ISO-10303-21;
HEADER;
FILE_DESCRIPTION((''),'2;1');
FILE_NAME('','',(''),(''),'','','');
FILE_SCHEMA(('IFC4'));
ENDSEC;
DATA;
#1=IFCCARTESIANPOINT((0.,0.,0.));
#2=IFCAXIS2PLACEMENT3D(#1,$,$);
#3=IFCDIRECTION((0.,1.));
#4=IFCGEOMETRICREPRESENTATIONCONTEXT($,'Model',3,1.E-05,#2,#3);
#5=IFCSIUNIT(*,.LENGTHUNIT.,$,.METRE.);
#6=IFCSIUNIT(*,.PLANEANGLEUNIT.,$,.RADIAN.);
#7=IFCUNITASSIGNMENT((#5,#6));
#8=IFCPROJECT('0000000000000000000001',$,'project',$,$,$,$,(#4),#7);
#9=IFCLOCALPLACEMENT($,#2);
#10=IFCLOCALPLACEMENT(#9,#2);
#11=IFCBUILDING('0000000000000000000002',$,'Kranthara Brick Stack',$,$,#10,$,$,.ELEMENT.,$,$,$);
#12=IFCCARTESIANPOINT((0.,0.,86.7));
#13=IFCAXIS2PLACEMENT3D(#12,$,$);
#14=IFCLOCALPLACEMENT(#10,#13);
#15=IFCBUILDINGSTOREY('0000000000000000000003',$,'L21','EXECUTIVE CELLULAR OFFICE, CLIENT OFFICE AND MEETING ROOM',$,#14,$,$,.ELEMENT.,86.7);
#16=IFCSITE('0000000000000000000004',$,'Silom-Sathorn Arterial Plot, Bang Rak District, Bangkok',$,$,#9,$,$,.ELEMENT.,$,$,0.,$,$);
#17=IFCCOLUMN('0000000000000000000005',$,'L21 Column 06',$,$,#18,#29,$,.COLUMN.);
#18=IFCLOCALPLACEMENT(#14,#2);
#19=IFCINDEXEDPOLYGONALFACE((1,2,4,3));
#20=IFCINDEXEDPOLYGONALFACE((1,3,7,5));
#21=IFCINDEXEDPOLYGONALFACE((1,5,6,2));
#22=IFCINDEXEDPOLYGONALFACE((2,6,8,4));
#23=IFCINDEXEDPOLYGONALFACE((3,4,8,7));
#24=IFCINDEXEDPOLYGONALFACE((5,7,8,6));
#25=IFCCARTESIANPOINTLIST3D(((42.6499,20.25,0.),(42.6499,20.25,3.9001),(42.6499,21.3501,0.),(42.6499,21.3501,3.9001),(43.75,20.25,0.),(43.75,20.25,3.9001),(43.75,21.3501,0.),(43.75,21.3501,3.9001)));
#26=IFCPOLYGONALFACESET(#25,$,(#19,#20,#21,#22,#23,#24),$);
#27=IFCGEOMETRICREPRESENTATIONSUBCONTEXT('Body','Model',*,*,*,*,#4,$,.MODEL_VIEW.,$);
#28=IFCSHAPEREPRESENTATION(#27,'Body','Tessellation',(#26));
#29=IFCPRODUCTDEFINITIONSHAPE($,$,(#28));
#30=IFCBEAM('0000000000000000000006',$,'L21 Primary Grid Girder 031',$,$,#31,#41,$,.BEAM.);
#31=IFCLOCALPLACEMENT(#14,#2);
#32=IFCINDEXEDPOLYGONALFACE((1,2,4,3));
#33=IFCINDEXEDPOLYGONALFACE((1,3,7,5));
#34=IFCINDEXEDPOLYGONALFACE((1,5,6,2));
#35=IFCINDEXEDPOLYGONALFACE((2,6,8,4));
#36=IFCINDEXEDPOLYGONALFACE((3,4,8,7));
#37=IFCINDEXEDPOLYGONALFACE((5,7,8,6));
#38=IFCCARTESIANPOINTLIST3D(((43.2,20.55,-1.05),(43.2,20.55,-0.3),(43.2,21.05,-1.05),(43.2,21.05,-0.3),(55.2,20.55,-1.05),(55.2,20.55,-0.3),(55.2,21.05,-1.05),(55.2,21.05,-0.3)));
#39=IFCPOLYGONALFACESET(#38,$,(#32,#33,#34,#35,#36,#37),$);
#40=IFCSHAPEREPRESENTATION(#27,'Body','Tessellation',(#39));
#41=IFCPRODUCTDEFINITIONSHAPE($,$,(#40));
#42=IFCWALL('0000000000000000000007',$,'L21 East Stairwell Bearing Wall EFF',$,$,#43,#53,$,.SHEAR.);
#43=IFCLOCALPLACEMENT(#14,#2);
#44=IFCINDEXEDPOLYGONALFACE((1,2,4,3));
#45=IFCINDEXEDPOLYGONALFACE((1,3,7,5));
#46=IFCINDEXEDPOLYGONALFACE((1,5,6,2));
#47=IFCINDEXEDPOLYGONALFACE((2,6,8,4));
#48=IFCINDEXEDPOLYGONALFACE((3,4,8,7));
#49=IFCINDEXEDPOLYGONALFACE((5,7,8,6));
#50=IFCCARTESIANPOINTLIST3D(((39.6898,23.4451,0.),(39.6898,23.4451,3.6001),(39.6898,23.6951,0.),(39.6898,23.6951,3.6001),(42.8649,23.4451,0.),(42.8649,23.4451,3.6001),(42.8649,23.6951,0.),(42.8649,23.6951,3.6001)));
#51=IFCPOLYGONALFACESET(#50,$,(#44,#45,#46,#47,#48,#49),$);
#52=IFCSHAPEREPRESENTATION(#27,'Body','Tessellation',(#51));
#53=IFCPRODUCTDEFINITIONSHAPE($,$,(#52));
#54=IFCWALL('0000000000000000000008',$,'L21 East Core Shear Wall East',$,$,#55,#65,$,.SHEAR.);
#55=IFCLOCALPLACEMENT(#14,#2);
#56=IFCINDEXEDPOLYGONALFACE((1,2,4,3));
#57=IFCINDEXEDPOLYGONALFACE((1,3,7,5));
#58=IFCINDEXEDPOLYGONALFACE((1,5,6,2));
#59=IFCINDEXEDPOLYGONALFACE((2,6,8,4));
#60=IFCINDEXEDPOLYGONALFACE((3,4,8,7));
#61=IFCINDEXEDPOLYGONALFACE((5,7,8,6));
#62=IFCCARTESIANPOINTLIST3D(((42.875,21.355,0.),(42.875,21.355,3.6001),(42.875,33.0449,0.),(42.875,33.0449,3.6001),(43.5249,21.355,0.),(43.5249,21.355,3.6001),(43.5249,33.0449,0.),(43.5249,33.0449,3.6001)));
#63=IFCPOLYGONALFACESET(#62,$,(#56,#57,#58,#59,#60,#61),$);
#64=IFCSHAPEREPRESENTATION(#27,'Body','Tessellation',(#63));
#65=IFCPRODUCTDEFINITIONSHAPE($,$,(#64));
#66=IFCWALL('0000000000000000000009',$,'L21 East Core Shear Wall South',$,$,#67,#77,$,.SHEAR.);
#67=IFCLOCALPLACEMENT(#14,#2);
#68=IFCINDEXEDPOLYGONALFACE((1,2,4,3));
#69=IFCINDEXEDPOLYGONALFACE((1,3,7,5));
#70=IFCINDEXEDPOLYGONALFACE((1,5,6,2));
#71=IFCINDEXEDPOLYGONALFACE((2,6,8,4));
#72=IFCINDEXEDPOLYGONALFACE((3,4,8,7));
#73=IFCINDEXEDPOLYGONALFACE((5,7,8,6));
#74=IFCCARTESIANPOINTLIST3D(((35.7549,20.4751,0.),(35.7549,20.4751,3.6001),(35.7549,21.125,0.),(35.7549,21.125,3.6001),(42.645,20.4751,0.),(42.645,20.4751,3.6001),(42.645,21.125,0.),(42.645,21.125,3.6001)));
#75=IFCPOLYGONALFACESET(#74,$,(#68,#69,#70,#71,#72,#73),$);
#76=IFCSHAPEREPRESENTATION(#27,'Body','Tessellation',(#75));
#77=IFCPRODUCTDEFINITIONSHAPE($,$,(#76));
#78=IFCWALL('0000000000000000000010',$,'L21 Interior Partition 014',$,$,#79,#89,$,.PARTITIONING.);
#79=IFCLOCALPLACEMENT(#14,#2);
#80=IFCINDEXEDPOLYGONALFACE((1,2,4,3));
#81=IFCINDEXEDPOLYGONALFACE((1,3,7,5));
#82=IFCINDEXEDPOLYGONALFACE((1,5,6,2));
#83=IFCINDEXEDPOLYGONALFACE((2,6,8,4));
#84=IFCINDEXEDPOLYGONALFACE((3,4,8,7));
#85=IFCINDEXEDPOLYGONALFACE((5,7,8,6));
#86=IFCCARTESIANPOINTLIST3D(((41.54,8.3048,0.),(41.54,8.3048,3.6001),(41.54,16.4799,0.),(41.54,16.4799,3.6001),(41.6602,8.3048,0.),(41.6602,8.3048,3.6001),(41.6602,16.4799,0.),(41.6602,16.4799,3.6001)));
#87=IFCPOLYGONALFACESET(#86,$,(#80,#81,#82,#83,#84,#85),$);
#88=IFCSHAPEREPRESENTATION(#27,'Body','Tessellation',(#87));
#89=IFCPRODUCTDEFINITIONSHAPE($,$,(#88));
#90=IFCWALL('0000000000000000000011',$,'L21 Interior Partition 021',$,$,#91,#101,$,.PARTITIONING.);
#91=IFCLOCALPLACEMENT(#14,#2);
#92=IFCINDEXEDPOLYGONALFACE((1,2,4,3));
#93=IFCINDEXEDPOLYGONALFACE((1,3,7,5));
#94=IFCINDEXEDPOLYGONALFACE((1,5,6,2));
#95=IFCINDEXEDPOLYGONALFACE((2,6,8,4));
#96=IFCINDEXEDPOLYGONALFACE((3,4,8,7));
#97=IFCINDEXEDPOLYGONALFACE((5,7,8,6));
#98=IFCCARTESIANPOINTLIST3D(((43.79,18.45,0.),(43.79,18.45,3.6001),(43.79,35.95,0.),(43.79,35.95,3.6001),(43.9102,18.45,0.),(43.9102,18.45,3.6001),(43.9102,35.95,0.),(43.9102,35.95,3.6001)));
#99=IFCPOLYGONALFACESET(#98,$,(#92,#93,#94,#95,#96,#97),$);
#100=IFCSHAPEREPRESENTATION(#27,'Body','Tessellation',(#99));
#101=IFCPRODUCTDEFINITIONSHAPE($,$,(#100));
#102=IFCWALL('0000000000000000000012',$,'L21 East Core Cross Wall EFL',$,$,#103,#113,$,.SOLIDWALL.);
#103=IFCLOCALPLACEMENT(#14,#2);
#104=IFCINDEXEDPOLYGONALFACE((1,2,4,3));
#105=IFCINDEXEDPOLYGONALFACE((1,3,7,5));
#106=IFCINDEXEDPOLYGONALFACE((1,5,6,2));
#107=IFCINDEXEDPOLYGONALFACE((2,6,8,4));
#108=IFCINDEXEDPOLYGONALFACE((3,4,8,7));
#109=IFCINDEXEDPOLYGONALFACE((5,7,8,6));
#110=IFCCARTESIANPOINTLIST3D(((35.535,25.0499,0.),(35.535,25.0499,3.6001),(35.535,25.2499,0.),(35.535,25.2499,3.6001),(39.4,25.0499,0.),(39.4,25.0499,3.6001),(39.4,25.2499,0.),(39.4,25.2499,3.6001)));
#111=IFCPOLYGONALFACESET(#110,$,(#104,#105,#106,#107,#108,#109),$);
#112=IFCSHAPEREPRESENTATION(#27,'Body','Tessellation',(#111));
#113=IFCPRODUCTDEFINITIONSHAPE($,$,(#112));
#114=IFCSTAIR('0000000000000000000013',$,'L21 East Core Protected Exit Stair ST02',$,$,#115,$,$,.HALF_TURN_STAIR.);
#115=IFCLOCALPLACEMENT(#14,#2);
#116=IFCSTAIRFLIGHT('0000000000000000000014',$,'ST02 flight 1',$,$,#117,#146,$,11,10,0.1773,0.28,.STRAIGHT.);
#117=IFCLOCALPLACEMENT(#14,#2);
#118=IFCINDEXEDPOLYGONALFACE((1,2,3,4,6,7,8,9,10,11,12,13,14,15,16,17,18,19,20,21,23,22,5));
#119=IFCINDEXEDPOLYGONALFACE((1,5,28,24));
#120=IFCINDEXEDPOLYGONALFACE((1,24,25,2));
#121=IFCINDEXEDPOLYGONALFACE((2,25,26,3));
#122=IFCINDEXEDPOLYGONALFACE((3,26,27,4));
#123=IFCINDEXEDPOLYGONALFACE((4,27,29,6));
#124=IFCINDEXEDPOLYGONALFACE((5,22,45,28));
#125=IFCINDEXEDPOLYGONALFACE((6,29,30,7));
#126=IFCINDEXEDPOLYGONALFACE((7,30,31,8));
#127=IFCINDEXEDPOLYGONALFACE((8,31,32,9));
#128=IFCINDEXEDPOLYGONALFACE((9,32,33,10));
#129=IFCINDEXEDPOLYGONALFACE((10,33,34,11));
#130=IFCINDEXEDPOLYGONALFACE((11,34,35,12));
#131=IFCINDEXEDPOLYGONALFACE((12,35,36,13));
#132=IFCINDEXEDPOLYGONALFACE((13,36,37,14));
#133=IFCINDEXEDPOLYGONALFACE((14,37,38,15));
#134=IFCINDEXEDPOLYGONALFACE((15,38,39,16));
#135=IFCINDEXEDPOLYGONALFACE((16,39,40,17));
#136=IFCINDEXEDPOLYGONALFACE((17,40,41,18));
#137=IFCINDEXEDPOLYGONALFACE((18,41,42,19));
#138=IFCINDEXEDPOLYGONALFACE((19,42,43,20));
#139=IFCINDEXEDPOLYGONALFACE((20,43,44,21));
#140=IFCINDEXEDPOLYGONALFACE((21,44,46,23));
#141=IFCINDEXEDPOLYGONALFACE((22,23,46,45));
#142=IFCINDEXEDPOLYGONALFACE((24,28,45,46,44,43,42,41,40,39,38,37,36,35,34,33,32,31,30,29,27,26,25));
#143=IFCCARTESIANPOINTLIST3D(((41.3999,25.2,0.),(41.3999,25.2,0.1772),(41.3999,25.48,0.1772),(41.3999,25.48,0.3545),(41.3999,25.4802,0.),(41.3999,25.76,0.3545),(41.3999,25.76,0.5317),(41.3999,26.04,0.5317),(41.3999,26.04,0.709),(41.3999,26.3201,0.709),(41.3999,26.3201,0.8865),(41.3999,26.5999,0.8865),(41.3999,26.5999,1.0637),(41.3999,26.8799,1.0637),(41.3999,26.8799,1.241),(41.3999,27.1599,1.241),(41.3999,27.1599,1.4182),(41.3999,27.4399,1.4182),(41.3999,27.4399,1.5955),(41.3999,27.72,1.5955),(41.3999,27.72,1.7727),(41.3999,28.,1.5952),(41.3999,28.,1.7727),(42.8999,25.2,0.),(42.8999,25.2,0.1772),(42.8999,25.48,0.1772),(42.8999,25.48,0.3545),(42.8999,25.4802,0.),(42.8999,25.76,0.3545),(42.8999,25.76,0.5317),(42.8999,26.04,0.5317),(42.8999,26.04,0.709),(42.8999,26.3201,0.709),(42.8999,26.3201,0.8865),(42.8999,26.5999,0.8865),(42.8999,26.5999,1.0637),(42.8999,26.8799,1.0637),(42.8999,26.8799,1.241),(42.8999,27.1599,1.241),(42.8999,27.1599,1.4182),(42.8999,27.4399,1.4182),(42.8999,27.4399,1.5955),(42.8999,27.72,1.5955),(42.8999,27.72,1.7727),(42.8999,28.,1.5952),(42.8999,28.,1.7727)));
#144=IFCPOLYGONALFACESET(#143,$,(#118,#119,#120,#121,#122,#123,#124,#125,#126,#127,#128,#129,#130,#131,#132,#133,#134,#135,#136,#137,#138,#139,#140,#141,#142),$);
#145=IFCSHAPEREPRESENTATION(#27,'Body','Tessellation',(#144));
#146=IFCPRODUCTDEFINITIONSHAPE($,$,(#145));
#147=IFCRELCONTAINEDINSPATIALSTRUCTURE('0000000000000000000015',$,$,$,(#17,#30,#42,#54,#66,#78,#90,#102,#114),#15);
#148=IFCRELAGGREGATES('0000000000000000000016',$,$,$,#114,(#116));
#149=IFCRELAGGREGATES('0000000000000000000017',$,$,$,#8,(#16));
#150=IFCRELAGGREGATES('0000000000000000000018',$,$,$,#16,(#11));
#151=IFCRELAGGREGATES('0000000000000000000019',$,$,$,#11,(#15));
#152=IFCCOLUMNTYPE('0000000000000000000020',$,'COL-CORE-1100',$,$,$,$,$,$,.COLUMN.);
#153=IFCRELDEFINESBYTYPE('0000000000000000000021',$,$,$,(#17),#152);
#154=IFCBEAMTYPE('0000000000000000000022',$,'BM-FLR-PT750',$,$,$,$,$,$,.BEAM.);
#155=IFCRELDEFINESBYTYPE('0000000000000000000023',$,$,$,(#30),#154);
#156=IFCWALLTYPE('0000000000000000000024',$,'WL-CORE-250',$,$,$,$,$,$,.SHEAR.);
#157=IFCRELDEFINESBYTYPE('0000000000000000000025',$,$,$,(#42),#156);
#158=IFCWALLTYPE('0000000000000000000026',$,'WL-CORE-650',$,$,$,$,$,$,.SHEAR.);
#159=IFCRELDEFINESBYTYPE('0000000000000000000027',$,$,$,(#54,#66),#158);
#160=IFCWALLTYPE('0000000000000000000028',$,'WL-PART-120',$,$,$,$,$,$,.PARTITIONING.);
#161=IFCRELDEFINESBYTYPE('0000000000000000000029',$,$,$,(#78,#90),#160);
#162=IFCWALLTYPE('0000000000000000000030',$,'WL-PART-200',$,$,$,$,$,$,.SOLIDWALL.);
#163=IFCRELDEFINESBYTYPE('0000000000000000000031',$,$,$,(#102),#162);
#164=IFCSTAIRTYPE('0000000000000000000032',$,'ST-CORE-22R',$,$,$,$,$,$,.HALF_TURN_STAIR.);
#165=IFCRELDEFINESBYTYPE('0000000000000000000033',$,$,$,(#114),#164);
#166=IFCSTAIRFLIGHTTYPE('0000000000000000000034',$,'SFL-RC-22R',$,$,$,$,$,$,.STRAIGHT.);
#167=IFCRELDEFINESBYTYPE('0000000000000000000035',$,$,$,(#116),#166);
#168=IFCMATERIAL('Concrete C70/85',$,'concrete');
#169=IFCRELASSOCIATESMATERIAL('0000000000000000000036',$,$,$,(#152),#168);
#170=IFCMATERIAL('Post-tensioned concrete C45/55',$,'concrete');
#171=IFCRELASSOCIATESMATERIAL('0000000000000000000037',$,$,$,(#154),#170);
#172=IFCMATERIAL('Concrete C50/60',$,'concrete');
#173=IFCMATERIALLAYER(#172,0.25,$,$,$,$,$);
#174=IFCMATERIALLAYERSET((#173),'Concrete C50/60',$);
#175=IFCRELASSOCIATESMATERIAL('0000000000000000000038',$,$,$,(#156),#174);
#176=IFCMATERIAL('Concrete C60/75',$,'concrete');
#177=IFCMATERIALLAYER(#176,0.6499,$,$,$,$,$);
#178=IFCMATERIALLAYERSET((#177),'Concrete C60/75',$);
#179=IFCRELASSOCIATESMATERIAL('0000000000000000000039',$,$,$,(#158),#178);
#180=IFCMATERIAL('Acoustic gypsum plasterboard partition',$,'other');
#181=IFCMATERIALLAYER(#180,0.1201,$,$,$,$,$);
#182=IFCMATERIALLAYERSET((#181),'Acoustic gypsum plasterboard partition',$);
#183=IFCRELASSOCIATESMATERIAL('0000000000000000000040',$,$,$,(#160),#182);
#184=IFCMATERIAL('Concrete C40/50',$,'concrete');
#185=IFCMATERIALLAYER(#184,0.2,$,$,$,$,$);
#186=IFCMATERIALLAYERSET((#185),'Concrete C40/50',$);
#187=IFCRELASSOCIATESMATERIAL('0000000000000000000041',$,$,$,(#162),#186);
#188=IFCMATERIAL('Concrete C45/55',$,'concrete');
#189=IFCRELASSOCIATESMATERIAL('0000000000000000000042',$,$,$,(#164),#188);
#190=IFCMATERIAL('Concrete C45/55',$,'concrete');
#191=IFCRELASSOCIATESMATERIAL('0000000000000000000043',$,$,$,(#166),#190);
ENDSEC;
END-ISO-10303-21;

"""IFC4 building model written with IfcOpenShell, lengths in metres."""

from ifc_helpers import new_model, si_unit, direction, frame, frame_2d, origin, origin_2d, place, context, subcontext, project, spatial, polyline, rectangle, outline, extrude, material, layer, layer_set, material_profile, profile_set, type_object, element, aggregate, save


model = new_model("IFC4")

# Units and contexts
model_context = context("Model", 3, precision=1e-05, world=origin(), true_north=direction((0.0, 1.0)))
body_context = subcontext(model_context, "Body", "Model", "MODEL_VIEW")
ifc_project = project(units=[si_unit("LENGTHUNIT", "METRE"), si_unit("PLANEANGLEUNIT", "RADIAN")], contexts=[model_context])

# Site, building, storey
site_placement = place(None, origin())
site = spatial("IfcSite", under=ifc_project, at=site_placement, Name="Silom-Sathorn Arterial Plot, Bang Rak District, Bangkok", CompositionType="ELEMENT", RefElevation=0.0)
building_placement = place(site_placement, origin())
building = spatial("IfcBuilding", under=site, at=building_placement, Name="Kranthara Brick Stack", CompositionType="ELEMENT")
storey_placement = place(building_placement, frame((0.0, 0.0, 86.7)))
storey = spatial("IfcBuildingStorey", under=building, at=storey_placement, Name="L21", Description="EXECUTIVE CELLULAR OFFICE, CLIENT OFFICE AND MEETING ROOM", CompositionType="ELEMENT", Elevation=86.7)

# Column
ifc_material_1 = material(Name="Concrete C70/85", Category="concrete")
ifc_material_profile_1 = material_profile(ifc_material_1, rectangle(XDim=1.1001, YDim=1.1001, at=origin_2d()), Name="RC 1100x1100")
ifc_profile_set_1 = profile_set([ifc_material_profile_1], Name="Concrete C70/85")
column_type = type_object("IfcColumnType", Name="COL-CORE-1100", PredefinedType="COLUMN", material=ifc_profile_set_1)
column_placement = place(storey_placement, frame((43.2, 20.8, 0.0), z_axis=(0.0, 0.0, 1.0), x_axis=(1.0, 0.0, 0.0)))
element("IfcColumn", 1, at=column_placement, inside=storey, type_object=column_type, Name="L21 Column 06", PredefinedType="COLUMN", context=body_context, shape_type="SweptSolid", body=[
    extrude(rectangle(XDim=1.1001, YDim=1.1001, at=origin_2d()), origin(), (0.0, 0.0, 1.0), 3.9001),
])

# Beam
ifc_material_2 = material(Name="Post-tensioned concrete C45/55", Category="concrete")
ifc_material_profile_2 = material_profile(ifc_material_2, rectangle(XDim=0.5, YDim=0.75, at=origin_2d()), Name="PT 500x750")
ifc_profile_set_2 = profile_set([ifc_material_profile_2], Name="Post-tensioned concrete C45/55")
beam_type = type_object("IfcBeamType", Name="BM-FLR-PT750", PredefinedType="BEAM", material=ifc_profile_set_2)
beam_placement = place(storey_placement, frame((43.2, 20.8, -0.675), z_axis=(1.0, 0.0, 0.0), x_axis=(0.0, 1.0, 0.0)))
element("IfcBeam", 2, at=beam_placement, inside=storey, type_object=beam_type, Name="L21 Primary Grid Girder 031", PredefinedType="BEAM", context=body_context, shape_type="SweptSolid", body=[
    extrude(rectangle(XDim=0.5, YDim=0.75, at=origin_2d()), origin(), (0.0, 0.0, 1.0), 12.0),
])

# Shared definitions
ifc_material_3 = material(Name="Concrete C50/60", Category="concrete")
ifc_layer_1 = layer(ifc_material_3, 0.25)
ifc_layer_set_1 = layer_set([ifc_layer_1], Name="Concrete C50/60")
wall_type_1 = type_object("IfcWallType", Name="WL-CORE-250", PredefinedType="SHEAR", material=ifc_layer_set_1)

# Walls
wall_1_placement = place(storey_placement, frame((39.6899, 23.5701, 0.0), z_axis=(0.0, 0.0, 1.0), x_axis=(1.0, 0.0, 0.0)))
element("IfcWall", 3, at=wall_1_placement, inside=storey, type_object=wall_type_1, Name="L21 East Stairwell Bearing Wall EFF", PredefinedType="SHEAR", context=body_context, shape_type="SweptSolid", body=[
    extrude(rectangle(XDim=3.175, YDim=0.25, at=frame_2d((1.5874, 0.0))), origin(), (0.0, 0.0, 1.0), 3.6001),
])
ifc_material_4 = material(Name="Concrete C60/75", Category="concrete")
ifc_layer_2 = layer(ifc_material_4, 0.6499)
ifc_layer_set_2 = layer_set([ifc_layer_2], Name="Concrete C60/75")
wall_type_2 = type_object("IfcWallType", Name="WL-CORE-650", PredefinedType="SHEAR", material=ifc_layer_set_2)
wall_2_placement = place(storey_placement, frame((43.2, 21.355, 0.0), z_axis=(0.0, 0.0, 1.0), x_axis=(0.0, 1.0, 0.0)))
element("IfcWall", 4, at=wall_2_placement, inside=storey, type_object=wall_type_2, Name="L21 East Core Shear Wall East", PredefinedType="SHEAR", context=body_context, shape_type="SweptSolid", body=[
    extrude(rectangle(XDim=11.6899, YDim=0.6499, at=frame_2d((5.845, 0.0))), origin(), (0.0, 0.0, 1.0), 3.6001),
])
wall_3_placement = place(storey_placement, frame((35.7549, 20.8, 0.0), z_axis=(0.0, 0.0, 1.0), x_axis=(1.0, 0.0, 0.0)))
element("IfcWall", 5, at=wall_3_placement, inside=storey, type_object=wall_type_2, Name="L21 East Core Shear Wall South", PredefinedType="SHEAR", context=body_context, shape_type="SweptSolid", body=[
    extrude(rectangle(XDim=6.8901, YDim=0.6499, at=frame_2d((3.4451, 0.0))), origin(), (0.0, 0.0, 1.0), 3.6001),
])
ifc_material_5 = material(Name="Acoustic gypsum plasterboard partition", Category="other")
ifc_layer_3 = layer(ifc_material_5, 0.1201)
ifc_layer_set_3 = layer_set([ifc_layer_3], Name="Acoustic gypsum plasterboard partition")
wall_type_3 = type_object("IfcWallType", Name="WL-PART-120", PredefinedType="PARTITIONING", material=ifc_layer_set_3)
wall_4_placement = place(storey_placement, frame((41.6001, 8.3049, 0.0), z_axis=(0.0, 0.0, 1.0), x_axis=(0.0, 1.0, 0.0)))
element("IfcWall", 6, at=wall_4_placement, inside=storey, type_object=wall_type_3, Name="L21 Interior Partition 014", PredefinedType="PARTITIONING", context=body_context, shape_type="SweptSolid", body=[
    extrude(rectangle(XDim=8.175, YDim=0.1201, at=frame_2d((4.0874, 0.0))), origin(), (0.0, 0.0, 1.0), 3.6001),
])
wall_5_placement = place(storey_placement, frame((43.8501, 18.45, 0.0), z_axis=(0.0, 0.0, 1.0), x_axis=(0.0, 1.0, 0.0)))
element("IfcWall", 7, at=wall_5_placement, inside=storey, type_object=wall_type_3, Name="L21 Interior Partition 021", PredefinedType="PARTITIONING", context=body_context, shape_type="SweptSolid", body=[
    extrude(rectangle(XDim=17.5, YDim=0.1201, at=frame_2d((8.75, 0.0))), origin(), (0.0, 0.0, 1.0), 3.6001),
])
ifc_material_6 = material(Name="Concrete C40/50", Category="concrete")
ifc_layer_4 = layer(ifc_material_6, 0.2)
ifc_layer_set_4 = layer_set([ifc_layer_4], Name="Concrete C40/50")
wall_type_4 = type_object("IfcWallType", Name="WL-PART-200", PredefinedType="SOLIDWALL", material=ifc_layer_set_4)
wall_6_placement = place(storey_placement, frame((35.5349, 25.1499, 0.0), z_axis=(0.0, 0.0, 1.0), x_axis=(1.0, 0.0, 0.0)))
element("IfcWall", 8, at=wall_6_placement, inside=storey, type_object=wall_type_4, Name="L21 East Core Cross Wall EFL", PredefinedType="SOLIDWALL", context=body_context, shape_type="SweptSolid", body=[
    extrude(rectangle(XDim=3.865, YDim=0.2, at=frame_2d((1.9326, 0.0))), origin(), (0.0, 0.0, 1.0), 3.6001),
])

# Stair, stair flight
ifc_material_7 = material(Name="Concrete C45/55", Category="concrete")
stair_type = type_object("IfcStairType", Name="ST-CORE-22R", PredefinedType="HALF_TURN_STAIR", material=ifc_material_7)
stair_placement = place(storey_placement, origin())
stair = element("IfcStair", 9, at=stair_placement, inside=storey, type_object=stair_type, Name="L21 East Core Protected Exit Stair ST02", PredefinedType="HALF_TURN_STAIR")
ifc_material_8 = material(Name="Concrete C45/55", Category="concrete")
stair_flight_type = type_object("IfcStairFlightType", Name="SFL-RC-22R", PredefinedType="STRAIGHT", material=ifc_material_8)
stair_flight_placement = place(storey_placement, frame((42.1499, 25.2, 0.0), z_axis=(0.0, 0.0, 1.0), x_axis=(0.0, 1.0, 0.0)))
stair_flight = element("IfcStairFlight", 10, at=stair_flight_placement, type_object=stair_flight_type, Name="ST02 flight 1", NumberOfRisers=11, NumberOfTreads=10, PredefinedType="STRAIGHT", RiserHeight=0.1773, TreadLength=0.28, context=body_context, shape_type="SweptSolid", body=[
    extrude(outline(polyline([(0.0, 0.0), (0.0, 0.1772), (0.28, 0.1772), (0.28, 0.3545), (0.5601, 0.3545), (0.5601, 0.5317), (0.8401, 0.5317), (0.8401, 0.709), (1.1201, 0.709), (1.1201, 0.8865), (1.3999, 0.8865), (1.3999, 1.0637), (1.6799, 1.0637), (1.6799, 1.241), (1.96, 1.241), (1.96, 1.4182), (2.24, 1.4182), (2.24, 1.5955), (2.52, 1.5955), (2.52, 1.7727), (2.8, 1.7727), (2.8, 1.95), (2.8, 1.5952), (0.2803, 0.0), (0.0, 0.0)])), frame((0.0, 0.75, 0.0), z_axis=(0.0, -1.0, 0.0), x_axis=(1.0, 0.0, 0.0)), (0.0, 0.0, 1.0), 1.5),
])
aggregate(stair, [stair_flight])

save(model, "model.ifc")
